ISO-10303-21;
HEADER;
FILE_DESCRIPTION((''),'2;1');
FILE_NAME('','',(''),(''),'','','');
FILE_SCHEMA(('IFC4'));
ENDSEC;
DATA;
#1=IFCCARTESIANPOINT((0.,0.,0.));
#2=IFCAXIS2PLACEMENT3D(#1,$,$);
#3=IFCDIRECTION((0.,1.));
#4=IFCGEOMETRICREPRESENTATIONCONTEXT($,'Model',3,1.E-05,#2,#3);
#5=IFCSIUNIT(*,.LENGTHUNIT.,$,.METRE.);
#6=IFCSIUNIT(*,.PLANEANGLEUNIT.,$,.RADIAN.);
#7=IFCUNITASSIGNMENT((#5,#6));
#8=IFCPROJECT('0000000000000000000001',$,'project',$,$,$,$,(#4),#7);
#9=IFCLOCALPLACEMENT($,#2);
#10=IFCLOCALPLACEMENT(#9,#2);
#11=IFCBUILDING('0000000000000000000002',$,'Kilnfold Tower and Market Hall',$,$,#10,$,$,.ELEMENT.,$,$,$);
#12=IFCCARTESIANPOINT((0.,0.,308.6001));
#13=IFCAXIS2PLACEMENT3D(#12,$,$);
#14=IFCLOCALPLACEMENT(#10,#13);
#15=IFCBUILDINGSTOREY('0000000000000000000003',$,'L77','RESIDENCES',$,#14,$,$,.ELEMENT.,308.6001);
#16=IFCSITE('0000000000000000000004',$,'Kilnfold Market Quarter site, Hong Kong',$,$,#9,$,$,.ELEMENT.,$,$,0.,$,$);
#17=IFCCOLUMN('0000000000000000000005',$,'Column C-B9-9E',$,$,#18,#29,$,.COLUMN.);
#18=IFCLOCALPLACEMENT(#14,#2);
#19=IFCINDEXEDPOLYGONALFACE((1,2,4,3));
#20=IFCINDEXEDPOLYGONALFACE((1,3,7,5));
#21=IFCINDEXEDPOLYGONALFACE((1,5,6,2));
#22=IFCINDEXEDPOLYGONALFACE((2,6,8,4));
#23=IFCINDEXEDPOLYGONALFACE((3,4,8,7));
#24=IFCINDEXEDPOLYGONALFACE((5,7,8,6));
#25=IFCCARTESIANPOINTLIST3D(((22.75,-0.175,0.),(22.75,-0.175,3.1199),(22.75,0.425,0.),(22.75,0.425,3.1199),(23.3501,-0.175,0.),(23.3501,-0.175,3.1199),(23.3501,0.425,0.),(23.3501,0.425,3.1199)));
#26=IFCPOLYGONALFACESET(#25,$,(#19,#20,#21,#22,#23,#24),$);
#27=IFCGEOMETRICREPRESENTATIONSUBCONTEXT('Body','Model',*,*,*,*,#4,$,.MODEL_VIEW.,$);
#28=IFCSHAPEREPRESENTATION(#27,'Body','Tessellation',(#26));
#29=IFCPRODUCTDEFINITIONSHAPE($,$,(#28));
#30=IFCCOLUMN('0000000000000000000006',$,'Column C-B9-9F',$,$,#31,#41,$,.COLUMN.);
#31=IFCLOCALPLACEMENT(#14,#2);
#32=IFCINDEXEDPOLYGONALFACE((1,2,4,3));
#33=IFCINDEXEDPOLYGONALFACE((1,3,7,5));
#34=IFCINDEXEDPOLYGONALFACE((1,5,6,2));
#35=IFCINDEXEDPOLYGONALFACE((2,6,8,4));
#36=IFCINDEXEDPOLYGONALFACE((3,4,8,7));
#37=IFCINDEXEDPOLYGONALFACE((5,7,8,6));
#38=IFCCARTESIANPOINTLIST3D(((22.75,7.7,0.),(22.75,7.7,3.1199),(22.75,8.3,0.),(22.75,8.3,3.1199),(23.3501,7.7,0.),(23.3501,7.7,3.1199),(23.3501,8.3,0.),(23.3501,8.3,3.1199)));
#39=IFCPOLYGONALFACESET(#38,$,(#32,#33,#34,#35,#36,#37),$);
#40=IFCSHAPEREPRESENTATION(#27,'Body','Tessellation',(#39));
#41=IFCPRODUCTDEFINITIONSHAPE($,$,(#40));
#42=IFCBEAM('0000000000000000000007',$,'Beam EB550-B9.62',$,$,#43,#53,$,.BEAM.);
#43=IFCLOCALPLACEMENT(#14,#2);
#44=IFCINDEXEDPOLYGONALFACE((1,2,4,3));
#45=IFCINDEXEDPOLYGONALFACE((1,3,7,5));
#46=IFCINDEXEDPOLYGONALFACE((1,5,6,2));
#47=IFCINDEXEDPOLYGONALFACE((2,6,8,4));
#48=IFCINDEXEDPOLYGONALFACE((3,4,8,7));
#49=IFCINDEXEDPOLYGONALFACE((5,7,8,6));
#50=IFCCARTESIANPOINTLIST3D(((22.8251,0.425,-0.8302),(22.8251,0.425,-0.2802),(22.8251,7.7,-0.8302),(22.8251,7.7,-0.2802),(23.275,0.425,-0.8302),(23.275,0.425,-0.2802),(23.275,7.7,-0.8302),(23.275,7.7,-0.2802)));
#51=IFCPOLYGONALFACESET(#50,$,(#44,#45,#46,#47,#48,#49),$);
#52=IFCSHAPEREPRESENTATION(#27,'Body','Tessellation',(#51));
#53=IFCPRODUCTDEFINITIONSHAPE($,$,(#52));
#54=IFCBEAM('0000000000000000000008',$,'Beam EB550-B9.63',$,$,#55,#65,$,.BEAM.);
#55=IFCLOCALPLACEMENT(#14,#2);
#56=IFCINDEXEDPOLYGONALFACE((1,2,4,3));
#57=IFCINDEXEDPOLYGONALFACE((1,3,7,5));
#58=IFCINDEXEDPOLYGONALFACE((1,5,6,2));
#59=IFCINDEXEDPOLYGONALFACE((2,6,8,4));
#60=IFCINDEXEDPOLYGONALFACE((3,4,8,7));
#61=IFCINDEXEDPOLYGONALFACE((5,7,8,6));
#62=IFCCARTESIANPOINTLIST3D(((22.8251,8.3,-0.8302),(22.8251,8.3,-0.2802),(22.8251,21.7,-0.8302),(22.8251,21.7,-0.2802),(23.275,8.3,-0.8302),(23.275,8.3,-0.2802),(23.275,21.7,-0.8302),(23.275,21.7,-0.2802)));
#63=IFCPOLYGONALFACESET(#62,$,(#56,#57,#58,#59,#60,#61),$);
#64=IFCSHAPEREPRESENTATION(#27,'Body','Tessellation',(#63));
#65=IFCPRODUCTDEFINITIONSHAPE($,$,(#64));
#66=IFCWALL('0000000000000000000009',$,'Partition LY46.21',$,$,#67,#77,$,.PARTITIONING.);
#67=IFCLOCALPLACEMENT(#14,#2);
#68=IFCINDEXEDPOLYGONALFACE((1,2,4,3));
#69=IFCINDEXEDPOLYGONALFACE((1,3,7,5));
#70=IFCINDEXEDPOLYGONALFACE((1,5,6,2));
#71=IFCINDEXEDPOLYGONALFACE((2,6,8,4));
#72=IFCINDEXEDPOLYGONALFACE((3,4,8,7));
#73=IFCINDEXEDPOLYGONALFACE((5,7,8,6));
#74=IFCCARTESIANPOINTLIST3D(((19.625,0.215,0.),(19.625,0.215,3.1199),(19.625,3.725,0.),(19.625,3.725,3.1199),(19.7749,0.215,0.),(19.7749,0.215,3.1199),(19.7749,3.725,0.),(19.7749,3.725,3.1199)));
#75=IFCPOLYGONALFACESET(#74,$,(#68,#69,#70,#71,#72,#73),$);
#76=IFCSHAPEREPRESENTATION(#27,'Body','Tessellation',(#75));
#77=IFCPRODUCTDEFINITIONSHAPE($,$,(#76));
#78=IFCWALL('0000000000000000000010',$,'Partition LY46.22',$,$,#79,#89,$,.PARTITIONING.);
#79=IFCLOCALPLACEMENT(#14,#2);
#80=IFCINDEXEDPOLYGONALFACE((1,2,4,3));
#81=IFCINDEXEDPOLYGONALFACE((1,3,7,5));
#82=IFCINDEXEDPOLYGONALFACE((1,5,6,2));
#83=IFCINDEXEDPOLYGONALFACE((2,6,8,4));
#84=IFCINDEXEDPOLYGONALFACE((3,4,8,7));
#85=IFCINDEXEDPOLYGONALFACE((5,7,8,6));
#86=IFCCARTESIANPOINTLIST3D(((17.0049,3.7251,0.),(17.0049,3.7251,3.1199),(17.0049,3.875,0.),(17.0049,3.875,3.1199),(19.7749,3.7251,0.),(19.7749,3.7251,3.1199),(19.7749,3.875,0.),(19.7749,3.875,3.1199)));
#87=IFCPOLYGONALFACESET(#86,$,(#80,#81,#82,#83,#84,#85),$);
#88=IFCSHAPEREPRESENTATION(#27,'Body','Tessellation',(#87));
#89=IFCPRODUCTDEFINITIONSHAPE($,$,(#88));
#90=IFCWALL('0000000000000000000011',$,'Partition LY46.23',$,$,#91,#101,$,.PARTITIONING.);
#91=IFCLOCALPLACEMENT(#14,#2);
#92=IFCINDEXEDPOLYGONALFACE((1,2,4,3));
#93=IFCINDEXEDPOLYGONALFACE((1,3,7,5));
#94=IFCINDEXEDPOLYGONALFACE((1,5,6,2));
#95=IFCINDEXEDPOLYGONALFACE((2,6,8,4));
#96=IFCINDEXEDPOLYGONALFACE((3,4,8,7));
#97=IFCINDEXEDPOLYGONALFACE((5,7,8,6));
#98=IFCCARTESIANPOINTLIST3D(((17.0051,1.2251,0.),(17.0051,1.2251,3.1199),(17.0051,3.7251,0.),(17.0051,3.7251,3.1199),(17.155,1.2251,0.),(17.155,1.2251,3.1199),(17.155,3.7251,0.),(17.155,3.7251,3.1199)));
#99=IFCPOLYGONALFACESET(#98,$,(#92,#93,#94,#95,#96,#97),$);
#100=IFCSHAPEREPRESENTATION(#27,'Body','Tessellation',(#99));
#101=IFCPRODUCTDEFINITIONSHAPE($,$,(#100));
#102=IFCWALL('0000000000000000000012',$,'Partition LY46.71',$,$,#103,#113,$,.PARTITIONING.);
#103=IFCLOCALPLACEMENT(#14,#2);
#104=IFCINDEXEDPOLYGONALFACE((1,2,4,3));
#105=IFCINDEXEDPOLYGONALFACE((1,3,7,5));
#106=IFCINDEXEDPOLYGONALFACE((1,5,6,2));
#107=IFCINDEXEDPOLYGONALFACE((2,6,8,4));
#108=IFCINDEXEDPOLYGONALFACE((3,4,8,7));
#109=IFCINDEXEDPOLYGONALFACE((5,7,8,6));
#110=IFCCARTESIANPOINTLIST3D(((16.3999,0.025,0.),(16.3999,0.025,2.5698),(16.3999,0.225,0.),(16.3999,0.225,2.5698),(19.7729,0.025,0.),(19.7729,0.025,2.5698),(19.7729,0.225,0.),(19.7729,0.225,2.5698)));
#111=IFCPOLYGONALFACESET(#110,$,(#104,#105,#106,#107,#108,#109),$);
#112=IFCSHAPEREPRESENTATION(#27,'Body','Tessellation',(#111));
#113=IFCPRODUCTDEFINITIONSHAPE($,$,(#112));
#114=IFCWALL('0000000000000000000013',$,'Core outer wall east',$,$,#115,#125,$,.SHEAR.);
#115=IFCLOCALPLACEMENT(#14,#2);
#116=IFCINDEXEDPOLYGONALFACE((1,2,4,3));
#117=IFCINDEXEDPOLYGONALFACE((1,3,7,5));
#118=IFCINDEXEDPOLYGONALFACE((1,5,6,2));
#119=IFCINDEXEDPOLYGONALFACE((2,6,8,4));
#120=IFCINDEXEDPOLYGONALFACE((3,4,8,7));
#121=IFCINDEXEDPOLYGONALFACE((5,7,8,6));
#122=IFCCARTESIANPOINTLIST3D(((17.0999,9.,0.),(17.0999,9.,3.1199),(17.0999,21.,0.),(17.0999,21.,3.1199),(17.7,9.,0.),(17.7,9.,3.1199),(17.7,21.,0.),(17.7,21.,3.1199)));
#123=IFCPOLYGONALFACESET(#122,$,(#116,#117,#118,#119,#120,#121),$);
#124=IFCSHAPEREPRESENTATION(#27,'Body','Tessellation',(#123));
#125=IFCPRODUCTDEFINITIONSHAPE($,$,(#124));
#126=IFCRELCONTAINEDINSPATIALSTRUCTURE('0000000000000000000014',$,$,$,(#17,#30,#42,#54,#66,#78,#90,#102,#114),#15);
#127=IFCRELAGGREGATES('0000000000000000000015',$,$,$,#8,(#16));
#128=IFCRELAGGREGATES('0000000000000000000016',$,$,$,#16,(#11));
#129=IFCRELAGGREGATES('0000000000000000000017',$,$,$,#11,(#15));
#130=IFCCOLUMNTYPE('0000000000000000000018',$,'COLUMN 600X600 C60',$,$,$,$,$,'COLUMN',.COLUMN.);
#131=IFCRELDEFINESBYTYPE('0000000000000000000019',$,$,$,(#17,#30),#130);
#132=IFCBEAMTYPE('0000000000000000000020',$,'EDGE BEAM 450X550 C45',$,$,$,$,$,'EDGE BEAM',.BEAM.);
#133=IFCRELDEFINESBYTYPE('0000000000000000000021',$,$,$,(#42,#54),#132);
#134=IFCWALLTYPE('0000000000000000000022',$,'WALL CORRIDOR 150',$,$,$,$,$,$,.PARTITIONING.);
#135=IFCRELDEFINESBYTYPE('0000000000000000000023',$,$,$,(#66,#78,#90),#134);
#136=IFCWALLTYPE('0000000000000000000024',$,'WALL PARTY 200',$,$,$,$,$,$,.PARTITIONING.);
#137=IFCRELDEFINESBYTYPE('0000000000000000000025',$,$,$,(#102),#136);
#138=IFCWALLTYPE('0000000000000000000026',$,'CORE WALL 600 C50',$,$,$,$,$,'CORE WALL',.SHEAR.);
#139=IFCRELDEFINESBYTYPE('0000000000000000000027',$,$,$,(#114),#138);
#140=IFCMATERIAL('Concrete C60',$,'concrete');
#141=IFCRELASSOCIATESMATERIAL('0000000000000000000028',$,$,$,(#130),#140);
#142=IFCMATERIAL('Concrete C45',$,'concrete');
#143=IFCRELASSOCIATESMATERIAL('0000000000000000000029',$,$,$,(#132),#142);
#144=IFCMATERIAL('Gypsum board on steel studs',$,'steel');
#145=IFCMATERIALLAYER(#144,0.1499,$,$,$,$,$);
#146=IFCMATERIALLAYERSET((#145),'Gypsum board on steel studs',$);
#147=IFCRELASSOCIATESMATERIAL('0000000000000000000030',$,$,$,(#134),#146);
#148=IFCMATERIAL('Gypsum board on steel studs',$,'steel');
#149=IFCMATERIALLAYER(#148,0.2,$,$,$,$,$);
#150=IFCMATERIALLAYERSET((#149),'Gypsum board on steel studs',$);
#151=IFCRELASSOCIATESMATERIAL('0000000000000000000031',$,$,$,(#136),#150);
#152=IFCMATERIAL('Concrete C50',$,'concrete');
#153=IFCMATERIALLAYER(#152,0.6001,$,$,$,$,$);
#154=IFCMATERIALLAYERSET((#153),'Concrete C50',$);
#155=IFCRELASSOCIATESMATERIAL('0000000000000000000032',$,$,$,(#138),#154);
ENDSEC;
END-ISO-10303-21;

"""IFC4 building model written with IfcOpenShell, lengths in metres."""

from ifc_helpers import new_model, si_unit, direction, frame, frame_2d, origin, origin_2d, place, context, subcontext, project, spatial, rectangle, extrude, source, transform, mapped, material, layer, layer_set, material_profile, profile_set, type_object, element, save


model = new_model("IFC4")

# Units and contexts
model_context = context("Model", 3, precision=1e-05, world=origin(), true_north=direction((0.0, 1.0)))
body_context = subcontext(model_context, "Body", "Model", "MODEL_VIEW")
ifc_project = project(units=[si_unit("LENGTHUNIT", "METRE"), si_unit("PLANEANGLEUNIT", "RADIAN")], contexts=[model_context])

# Site, building, storey
site_placement = place(None, origin())
site = spatial("IfcSite", under=ifc_project, at=site_placement, Name="Kilnfold Market Quarter site, Hong Kong", CompositionType="ELEMENT", RefElevation=0.0)
building_placement = place(site_placement, origin())
building = spatial("IfcBuilding", under=site, at=building_placement, Name="Kilnfold Tower and Market Hall", CompositionType="ELEMENT")
storey_placement = place(building_placement, frame((0.0, 0.0, 308.6001)))
storey = spatial("IfcBuildingStorey", under=building, at=storey_placement, Name="L77", Description="RESIDENCES", CompositionType="ELEMENT", Elevation=308.6001)

# Columns
ifc_material_1 = material(Name="Concrete C60", Category="concrete")
ifc_material_profile_1 = material_profile(ifc_material_1, rectangle(XDim=0.6001, YDim=0.6001, at=origin_2d()), Name="RC 600x600")
ifc_profile_set_1 = profile_set([ifc_material_profile_1], Name="Concrete C60")
column_type = type_object("IfcColumnType", Name="COLUMN 600X600 C60", ElementType="COLUMN", PredefinedType="COLUMN", material=ifc_profile_set_1)
shared_shape_1 = source(origin(), body_context, "Body", "SweptSolid", [
    extrude(rectangle(XDim=0.6001, YDim=0.6001, at=origin_2d()), origin(), (0.0, 0.0, 1.0), 3.1199),
])
for number, where, z_axis, x_axis, name in (
    (1, (23.05, 0.125, 0.0), (0.0, 0.0, 1.0), (1.0, 0.0, 0.0), "Column C-B9-9E"),
    (2, (23.05, 8.0, 0.0), (0.0, 0.0, 1.0), (1.0, 0.0, 0.0), "Column C-B9-9F"),
):
    element("IfcColumn", number, at=place(storey_placement, frame(where, z_axis=z_axis, x_axis=x_axis)), inside=storey, type_object=column_type, Name=name, PredefinedType="COLUMN", context=body_context, shape_type="MappedRepresentation", body=[
        mapped(shared_shape_1, transform((0.0, 0.0, 0.0))),
    ])

# Beams
ifc_material_2 = material(Name="Concrete C45", Category="concrete")
ifc_material_profile_2 = material_profile(ifc_material_2, rectangle(XDim=0.45, YDim=0.55, at=origin_2d()), Name="RC 450x550")
ifc_profile_set_2 = profile_set([ifc_material_profile_2], Name="Concrete C45")
beam_type = type_object("IfcBeamType", Name="EDGE BEAM 450X550 C45", ElementType="EDGE BEAM", PredefinedType="BEAM", material=ifc_profile_set_2)
shared_shape_2 = source(origin(), body_context, "Body", "SweptSolid", [
    extrude(rectangle(XDim=0.45, YDim=0.55, at=origin_2d()), origin(), (0.0, 0.0, 1.0), 7.2749),
])
beam_1_placement = place(storey_placement, frame((23.05, 0.425, -0.5552), z_axis=(0.0, 1.0, 0.0), x_axis=(-1.0, 0.0, 0.0)))
element("IfcBeam", 3, at=beam_1_placement, inside=storey, type_object=beam_type, Name="Beam EB550-B9.62", PredefinedType="BEAM", context=body_context, shape_type="MappedRepresentation", body=[
    mapped(shared_shape_2, transform((0.0, 0.0, 0.0))),
])
shared_shape_3 = source(origin(), body_context, "Body", "SweptSolid", [
    extrude(rectangle(XDim=0.45, YDim=0.55, at=origin_2d()), origin(), (0.0, 0.0, 1.0), 13.3999),
])
beam_2_placement = place(storey_placement, frame((23.05, 8.3, -0.5552), z_axis=(0.0, 1.0, 0.0), x_axis=(-1.0, 0.0, 0.0)))
element("IfcBeam", 4, at=beam_2_placement, inside=storey, type_object=beam_type, Name="Beam EB550-B9.63", PredefinedType="BEAM", context=body_context, shape_type="MappedRepresentation", body=[
    mapped(shared_shape_3, transform((0.0, 0.0, 0.0))),
])

# Walls
ifc_material_3 = material(Name="Gypsum board on steel studs", Category="steel")
ifc_layer_1 = layer(ifc_material_3, 0.1499)
ifc_layer_set_1 = layer_set([ifc_layer_1], Name="Gypsum board on steel studs")
wall_type_1 = type_object("IfcWallType", Name="WALL CORRIDOR 150", PredefinedType="PARTITIONING", material=ifc_layer_set_1)
wall_1_placement = place(storey_placement, frame((19.7, 0.2151, 0.0), z_axis=(0.0, 0.0, 1.0), x_axis=(0.0, 1.0, 0.0)))
element("IfcWall", 5, at=wall_1_placement, inside=storey, type_object=wall_type_1, Name="Partition LY46.21", PredefinedType="PARTITIONING", context=body_context, shape_type="SweptSolid", body=[
    extrude(rectangle(XDim=3.51, YDim=0.1499, at=frame_2d((1.7549, 0.0))), origin(), (0.0, 0.0, 1.0), 3.1199),
])
wall_2_placement = place(storey_placement, frame((17.0049, 3.8, 0.0), z_axis=(0.0, 0.0, 1.0), x_axis=(1.0, 0.0, 0.0)))
element("IfcWall", 6, at=wall_2_placement, inside=storey, type_object=wall_type_1, Name="Partition LY46.22", PredefinedType="PARTITIONING", context=body_context, shape_type="SweptSolid", body=[
    extrude(rectangle(XDim=2.77, YDim=0.1499, at=frame_2d((1.385, 0.0))), origin(), (0.0, 0.0, 1.0), 3.1199),
])
wall_3_placement = place(storey_placement, frame((17.0801, 1.2251, 0.0), z_axis=(0.0, 0.0, 1.0), x_axis=(0.0, 1.0, 0.0)))
element("IfcWall", 7, at=wall_3_placement, inside=storey, type_object=wall_type_1, Name="Partition LY46.23", PredefinedType="PARTITIONING", context=body_context, shape_type="SweptSolid", body=[
    extrude(rectangle(XDim=2.5, YDim=0.1499, at=frame_2d((1.25, 0.0))), origin(), (0.0, 0.0, 1.0), 3.1199),
])
ifc_material_4 = material(Name="Gypsum board on steel studs", Category="steel")
ifc_layer_2 = layer(ifc_material_4, 0.2)
ifc_layer_set_2 = layer_set([ifc_layer_2], Name="Gypsum board on steel studs")
wall_type_2 = type_object("IfcWallType", Name="WALL PARTY 200", PredefinedType="PARTITIONING", material=ifc_layer_set_2)
wall_4_placement = place(storey_placement, frame((19.7729, 0.125, 0.0), z_axis=(0.0, 0.0, 1.0), x_axis=(-1.0, 0.0, 0.0)))
element("IfcWall", 8, at=wall_4_placement, inside=storey, type_object=wall_type_2, Name="Partition LY46.71", PredefinedType="PARTITIONING", context=body_context, shape_type="SweptSolid", body=[
    extrude(rectangle(XDim=3.373, YDim=0.2, at=frame_2d((1.6865, 0.0))), origin(), (0.0, 0.0, 1.0), 2.5698),
])
ifc_material_5 = material(Name="Concrete C50", Category="concrete")
ifc_layer_3 = layer(ifc_material_5, 0.6001)
ifc_layer_set_3 = layer_set([ifc_layer_3], Name="Concrete C50")
wall_type_3 = type_object("IfcWallType", Name="CORE WALL 600 C50", ElementType="CORE WALL", PredefinedType="SHEAR", material=ifc_layer_set_3)
shared_shape_4 = source(origin(), body_context, "Body", "SweptSolid", [
    extrude(rectangle(XDim=12.0, YDim=0.6001, at=frame_2d((6.0, 0.0))), origin(), (0.0, 0.0, 1.0), 3.1199),
])
wall_5_placement = place(storey_placement, frame((17.3999, 9.0, 0.0), z_axis=(0.0, 0.0, 1.0), x_axis=(0.0, 1.0, 0.0)))
element("IfcWall", 9, at=wall_5_placement, inside=storey, type_object=wall_type_3, Name="Core outer wall east", PredefinedType="SHEAR", context=body_context, shape_type="MappedRepresentation", body=[
    mapped(shared_shape_4, transform((0.0, 0.0, 0.0))),
])

save(model, "model.ifc")
